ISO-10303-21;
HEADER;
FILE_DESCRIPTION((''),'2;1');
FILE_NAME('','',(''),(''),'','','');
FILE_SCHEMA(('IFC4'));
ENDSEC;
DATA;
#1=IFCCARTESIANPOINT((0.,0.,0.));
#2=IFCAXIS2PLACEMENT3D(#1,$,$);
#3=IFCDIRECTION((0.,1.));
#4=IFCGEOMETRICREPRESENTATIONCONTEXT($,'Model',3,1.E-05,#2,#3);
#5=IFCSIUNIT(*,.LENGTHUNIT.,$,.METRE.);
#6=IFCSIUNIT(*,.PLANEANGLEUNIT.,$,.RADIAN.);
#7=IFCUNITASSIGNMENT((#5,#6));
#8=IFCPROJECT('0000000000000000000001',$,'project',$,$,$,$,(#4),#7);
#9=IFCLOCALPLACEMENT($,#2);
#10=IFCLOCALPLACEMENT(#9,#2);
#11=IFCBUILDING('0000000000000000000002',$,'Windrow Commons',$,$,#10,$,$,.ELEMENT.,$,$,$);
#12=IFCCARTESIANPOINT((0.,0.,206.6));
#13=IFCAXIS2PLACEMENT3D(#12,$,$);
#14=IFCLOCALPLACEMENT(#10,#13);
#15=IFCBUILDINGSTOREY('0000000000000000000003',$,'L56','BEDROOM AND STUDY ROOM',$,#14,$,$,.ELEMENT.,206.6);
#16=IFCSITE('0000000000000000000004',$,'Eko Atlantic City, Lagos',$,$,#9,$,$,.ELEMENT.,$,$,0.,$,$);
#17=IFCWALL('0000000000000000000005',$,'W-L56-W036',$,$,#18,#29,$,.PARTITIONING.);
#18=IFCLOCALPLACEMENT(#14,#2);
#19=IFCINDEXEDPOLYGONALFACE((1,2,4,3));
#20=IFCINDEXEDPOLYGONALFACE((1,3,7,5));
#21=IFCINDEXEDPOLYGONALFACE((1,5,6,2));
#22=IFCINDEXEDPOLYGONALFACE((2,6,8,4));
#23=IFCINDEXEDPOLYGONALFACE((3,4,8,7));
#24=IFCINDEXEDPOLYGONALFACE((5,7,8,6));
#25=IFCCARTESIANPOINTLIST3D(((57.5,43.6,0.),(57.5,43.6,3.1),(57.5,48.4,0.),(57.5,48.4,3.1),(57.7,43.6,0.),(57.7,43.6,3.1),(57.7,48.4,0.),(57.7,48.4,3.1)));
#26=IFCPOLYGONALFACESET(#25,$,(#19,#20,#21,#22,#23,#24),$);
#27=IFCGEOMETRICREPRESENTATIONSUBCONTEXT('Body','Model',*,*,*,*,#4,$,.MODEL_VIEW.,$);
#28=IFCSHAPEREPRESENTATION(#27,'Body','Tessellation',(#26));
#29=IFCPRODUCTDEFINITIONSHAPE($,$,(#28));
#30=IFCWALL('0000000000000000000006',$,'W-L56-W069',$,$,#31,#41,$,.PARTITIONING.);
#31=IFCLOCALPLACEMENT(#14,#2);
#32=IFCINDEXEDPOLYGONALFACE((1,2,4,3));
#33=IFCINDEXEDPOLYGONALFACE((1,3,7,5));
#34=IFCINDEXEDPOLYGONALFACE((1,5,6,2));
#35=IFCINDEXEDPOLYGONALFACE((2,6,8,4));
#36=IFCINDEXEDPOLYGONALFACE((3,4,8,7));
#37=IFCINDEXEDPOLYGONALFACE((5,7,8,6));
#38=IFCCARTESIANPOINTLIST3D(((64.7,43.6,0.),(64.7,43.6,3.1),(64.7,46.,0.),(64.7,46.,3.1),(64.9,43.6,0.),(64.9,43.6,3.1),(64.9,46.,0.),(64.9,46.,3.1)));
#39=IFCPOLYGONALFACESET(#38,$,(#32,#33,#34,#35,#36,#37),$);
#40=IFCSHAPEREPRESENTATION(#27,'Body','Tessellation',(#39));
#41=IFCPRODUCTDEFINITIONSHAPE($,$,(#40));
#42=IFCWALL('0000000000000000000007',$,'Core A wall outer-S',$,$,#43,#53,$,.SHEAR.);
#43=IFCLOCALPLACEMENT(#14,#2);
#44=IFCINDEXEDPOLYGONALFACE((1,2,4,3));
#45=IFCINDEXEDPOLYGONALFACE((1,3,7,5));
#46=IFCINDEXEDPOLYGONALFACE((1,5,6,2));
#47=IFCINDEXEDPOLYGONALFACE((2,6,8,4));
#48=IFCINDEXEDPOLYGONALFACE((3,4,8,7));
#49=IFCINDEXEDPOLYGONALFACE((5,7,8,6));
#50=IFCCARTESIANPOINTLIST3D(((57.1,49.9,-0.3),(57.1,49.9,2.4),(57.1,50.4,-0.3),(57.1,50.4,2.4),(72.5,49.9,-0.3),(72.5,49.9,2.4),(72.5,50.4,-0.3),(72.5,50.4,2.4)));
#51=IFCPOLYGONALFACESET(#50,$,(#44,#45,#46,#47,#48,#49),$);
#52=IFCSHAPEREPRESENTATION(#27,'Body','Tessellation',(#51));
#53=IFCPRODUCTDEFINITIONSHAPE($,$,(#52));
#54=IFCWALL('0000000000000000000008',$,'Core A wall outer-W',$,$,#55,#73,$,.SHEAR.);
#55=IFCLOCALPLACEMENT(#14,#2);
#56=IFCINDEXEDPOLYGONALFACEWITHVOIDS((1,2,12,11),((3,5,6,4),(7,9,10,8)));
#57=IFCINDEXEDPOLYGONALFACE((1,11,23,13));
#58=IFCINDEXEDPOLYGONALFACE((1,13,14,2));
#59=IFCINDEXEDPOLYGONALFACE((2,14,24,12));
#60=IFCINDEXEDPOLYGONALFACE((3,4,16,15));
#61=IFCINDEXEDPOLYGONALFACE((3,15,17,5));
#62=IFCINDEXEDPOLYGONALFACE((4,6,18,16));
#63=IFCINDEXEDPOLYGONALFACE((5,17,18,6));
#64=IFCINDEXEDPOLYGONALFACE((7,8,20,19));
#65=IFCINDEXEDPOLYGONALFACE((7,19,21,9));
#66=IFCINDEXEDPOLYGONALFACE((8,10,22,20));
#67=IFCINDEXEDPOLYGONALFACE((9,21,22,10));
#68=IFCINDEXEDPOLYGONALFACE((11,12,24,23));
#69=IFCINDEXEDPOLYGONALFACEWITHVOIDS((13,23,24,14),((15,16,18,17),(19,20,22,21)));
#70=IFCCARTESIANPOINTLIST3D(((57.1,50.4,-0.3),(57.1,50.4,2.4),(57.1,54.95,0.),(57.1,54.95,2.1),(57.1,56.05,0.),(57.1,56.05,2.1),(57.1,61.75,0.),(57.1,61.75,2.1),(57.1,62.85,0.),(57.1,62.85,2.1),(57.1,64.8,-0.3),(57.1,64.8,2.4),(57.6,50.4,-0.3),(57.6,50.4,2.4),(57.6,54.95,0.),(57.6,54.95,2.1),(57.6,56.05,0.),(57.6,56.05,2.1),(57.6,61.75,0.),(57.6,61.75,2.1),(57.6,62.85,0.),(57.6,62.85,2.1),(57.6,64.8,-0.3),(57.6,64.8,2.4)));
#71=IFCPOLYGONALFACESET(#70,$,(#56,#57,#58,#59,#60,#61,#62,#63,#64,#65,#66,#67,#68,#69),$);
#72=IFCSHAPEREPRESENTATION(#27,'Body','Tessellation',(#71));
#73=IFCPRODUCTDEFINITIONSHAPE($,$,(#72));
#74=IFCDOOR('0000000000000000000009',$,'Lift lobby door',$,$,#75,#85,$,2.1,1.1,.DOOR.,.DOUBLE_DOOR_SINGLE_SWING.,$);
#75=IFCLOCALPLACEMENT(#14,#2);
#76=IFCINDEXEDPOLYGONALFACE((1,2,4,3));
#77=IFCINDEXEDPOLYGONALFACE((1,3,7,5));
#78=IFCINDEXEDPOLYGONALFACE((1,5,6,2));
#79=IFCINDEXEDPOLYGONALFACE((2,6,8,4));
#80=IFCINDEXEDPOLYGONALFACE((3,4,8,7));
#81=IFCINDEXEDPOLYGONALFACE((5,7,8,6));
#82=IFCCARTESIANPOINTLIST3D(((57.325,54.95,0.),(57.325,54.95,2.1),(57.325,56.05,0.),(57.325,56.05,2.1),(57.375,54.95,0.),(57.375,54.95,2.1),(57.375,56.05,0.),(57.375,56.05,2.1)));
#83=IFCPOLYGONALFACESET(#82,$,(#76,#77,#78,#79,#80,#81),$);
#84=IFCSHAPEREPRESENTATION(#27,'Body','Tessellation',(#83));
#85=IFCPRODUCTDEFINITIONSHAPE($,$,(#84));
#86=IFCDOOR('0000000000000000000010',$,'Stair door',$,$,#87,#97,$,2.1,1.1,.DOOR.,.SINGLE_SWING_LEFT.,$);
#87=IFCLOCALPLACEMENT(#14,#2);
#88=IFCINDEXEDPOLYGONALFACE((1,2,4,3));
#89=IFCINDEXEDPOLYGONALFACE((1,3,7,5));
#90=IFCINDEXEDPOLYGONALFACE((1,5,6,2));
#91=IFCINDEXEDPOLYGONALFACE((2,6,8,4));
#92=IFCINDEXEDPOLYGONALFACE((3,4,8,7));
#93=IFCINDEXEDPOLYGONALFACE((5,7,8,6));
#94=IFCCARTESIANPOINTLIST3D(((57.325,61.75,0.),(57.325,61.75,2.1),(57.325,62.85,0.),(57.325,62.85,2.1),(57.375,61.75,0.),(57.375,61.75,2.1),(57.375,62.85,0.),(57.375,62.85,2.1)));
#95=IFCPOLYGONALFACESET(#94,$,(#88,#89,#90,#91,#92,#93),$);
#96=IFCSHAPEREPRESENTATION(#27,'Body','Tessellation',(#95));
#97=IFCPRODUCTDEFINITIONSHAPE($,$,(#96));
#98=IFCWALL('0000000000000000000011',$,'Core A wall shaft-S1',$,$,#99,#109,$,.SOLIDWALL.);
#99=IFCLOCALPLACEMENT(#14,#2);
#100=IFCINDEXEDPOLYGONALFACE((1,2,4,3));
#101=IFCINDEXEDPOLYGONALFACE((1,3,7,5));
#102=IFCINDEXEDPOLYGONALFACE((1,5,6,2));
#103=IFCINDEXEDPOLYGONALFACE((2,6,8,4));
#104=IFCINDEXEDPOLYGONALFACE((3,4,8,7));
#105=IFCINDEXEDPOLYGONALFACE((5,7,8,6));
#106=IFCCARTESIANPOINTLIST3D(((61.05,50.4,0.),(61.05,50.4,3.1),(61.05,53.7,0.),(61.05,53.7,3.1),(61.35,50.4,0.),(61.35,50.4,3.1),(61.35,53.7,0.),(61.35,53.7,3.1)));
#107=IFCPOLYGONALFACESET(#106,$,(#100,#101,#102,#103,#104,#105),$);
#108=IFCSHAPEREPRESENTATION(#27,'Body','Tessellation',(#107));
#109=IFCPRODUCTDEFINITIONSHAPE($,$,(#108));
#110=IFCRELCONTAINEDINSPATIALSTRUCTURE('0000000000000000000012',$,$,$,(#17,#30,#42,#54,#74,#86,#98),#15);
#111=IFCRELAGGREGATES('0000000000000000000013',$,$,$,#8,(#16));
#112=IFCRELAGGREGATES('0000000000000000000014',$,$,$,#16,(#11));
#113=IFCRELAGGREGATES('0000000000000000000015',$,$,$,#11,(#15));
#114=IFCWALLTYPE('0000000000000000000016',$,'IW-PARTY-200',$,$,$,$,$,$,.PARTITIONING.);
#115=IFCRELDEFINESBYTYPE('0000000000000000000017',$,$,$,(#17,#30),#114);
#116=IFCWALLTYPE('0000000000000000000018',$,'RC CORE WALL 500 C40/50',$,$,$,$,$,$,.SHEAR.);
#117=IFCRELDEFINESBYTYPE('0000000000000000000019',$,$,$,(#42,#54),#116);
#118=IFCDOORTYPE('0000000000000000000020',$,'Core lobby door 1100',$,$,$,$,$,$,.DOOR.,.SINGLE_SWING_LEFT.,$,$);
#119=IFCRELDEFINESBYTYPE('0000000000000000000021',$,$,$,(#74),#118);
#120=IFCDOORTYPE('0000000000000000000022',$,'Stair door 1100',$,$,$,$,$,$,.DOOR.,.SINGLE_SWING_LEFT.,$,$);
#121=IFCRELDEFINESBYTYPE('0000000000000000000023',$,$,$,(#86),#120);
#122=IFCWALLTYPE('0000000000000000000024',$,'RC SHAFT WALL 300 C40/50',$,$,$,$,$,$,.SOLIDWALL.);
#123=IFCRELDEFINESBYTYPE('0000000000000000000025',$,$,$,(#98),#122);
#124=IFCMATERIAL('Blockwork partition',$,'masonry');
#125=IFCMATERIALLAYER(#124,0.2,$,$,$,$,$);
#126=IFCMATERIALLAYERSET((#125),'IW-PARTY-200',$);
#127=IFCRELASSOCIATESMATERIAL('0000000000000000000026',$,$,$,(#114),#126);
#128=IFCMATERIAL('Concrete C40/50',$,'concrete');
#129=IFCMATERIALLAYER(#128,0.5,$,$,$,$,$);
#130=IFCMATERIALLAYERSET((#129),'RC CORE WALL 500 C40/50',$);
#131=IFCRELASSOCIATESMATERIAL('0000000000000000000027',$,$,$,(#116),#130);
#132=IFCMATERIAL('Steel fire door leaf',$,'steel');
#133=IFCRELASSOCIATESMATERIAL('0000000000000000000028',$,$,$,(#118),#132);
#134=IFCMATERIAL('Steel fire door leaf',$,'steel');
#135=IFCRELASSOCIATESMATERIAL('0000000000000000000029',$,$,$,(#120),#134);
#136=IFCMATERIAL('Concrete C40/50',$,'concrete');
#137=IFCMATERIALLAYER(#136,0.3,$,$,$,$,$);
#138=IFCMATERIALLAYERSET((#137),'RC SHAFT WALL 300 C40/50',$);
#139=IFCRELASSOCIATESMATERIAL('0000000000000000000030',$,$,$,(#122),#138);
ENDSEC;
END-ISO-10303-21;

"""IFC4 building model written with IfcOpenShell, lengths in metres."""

from ifc_helpers import new_model, si_unit, direction, frame, frame_2d, origin, place, context, subcontext, project, spatial, rectangle, extrude, material, layer, layer_set, type_object, element, fill, save


model = new_model("IFC4")

# Units and contexts
model_context = context("Model", 3, precision=1e-05, world=origin(), true_north=direction((0.0, 1.0)))
body_context = subcontext(model_context, "Body", "Model", "MODEL_VIEW")
ifc_project = project(units=[si_unit("LENGTHUNIT", "METRE"), si_unit("PLANEANGLEUNIT", "RADIAN")], contexts=[model_context])

# Site, building, storey
site_placement = place(None, origin())
site = spatial("IfcSite", under=ifc_project, at=site_placement, Name="Eko Atlantic City, Lagos", CompositionType="ELEMENT", RefElevation=0.0)
building_placement = place(site_placement, origin())
building = spatial("IfcBuilding", under=site, at=building_placement, Name="Windrow Commons", CompositionType="ELEMENT")
storey_placement = place(building_placement, frame((0.0, 0.0, 206.6)))
storey = spatial("IfcBuildingStorey", under=building, at=storey_placement, Name="L56", Description="BEDROOM AND STUDY ROOM", CompositionType="ELEMENT", Elevation=206.6)

# Walls
ifc_material_1 = material(Name="Blockwork partition", Category="masonry")
ifc_layer_1 = layer(ifc_material_1, 0.2)
ifc_layer_set_1 = layer_set([ifc_layer_1], Name="IW-PARTY-200")
wall_type_1 = type_object("IfcWallType", Name="IW-PARTY-200", PredefinedType="PARTITIONING", material=ifc_layer_set_1)
wall_1_placement = place(storey_placement, frame((57.6, 43.6, 0.0), z_axis=(0.0, 0.0, 1.0), x_axis=(0.0, 1.0, 0.0)))
element("IfcWall", 1, at=wall_1_placement, inside=storey, type_object=wall_type_1, Name="W-L56-W036", PredefinedType="PARTITIONING", context=body_context, shape_type="SweptSolid", body=[
    extrude(rectangle(XDim=4.8, YDim=0.2, at=frame_2d((2.4, 0.0))), origin(), (0.0, 0.0, 1.0), 3.1),
])
wall_2_placement = place(storey_placement, frame((64.8, 43.6, 0.0), z_axis=(0.0, 0.0, 1.0), x_axis=(0.0, 1.0, 0.0)))
element("IfcWall", 2, at=wall_2_placement, inside=storey, type_object=wall_type_1, Name="W-L56-W069", PredefinedType="PARTITIONING", context=body_context, shape_type="SweptSolid", body=[
    extrude(rectangle(XDim=2.4, YDim=0.2, at=frame_2d((1.2, 0.0))), origin(), (0.0, 0.0, 1.0), 3.1),
])
ifc_material_2 = material(Name="Concrete C40/50", Category="concrete")
ifc_layer_2 = layer(ifc_material_2, 0.5)
ifc_layer_set_2 = layer_set([ifc_layer_2], Name="RC CORE WALL 500 C40/50")
wall_type_2 = type_object("IfcWallType", Name="RC CORE WALL 500 C40/50", PredefinedType="SHEAR", material=ifc_layer_set_2)
wall_3_placement = place(storey_placement, frame((57.1, 50.15, -0.3), z_axis=(0.0, 0.0, 1.0), x_axis=(1.0, 0.0, 0.0)))
element("IfcWall", 3, at=wall_3_placement, inside=storey, type_object=wall_type_2, Name="Core A wall outer-S", PredefinedType="SHEAR", context=body_context, shape_type="SweptSolid", body=[
    extrude(rectangle(XDim=15.4, YDim=0.5, at=frame_2d((7.7, 0.0))), origin(), (0.0, 0.0, 1.0), 2.7),
])

# Wall, openings, doors
wall_4_placement = place(storey_placement, frame((57.35, 50.4, -0.3), z_axis=(0.0, 0.0, 1.0), x_axis=(0.0, 1.0, 0.0)))
wall_4 = element("IfcWall", 4, at=wall_4_placement, inside=storey, type_object=wall_type_2, Name="Core A wall outer-W", PredefinedType="SHEAR", context=body_context, shape_type="SweptSolid", body=[
    extrude(rectangle(XDim=14.4, YDim=0.5, at=frame_2d((7.2, 0.0))), origin(), (0.0, 0.0, 1.0), 2.7),
])
opening_1_placement = place(wall_4_placement, frame((4.55, 0.0, 0.3)))
opening_1 = element("IfcOpeningElement", 5, at=opening_1_placement, cuts=wall_4, PredefinedType="OPENING", context=body_context, shape_type="SweptSolid", body=[
    extrude(rectangle(XDim=1.1, YDim=2.1, at=frame_2d((0.55, 1.05))), frame((0.0, 0.26, 0.0), z_axis=(0.0, -1.0, 0.0), x_axis=(1.0, 0.0, 0.0)), (0.0, 0.0, 1.0), 0.52),
])
opening_2_placement = place(wall_4_placement, frame((11.35, 0.0, 0.3)))
opening_2 = element("IfcOpeningElement", 6, at=opening_2_placement, cuts=wall_4, PredefinedType="OPENING", context=body_context, shape_type="SweptSolid", body=[
    extrude(rectangle(XDim=1.1, YDim=2.1, at=frame_2d((0.55, 1.05))), frame((0.0, 0.26, 0.0), z_axis=(0.0, -1.0, 0.0), x_axis=(1.0, 0.0, 0.0)), (0.0, 0.0, 1.0), 0.52),
])
ifc_material_3 = material(Name="Steel fire door leaf", Category="steel")
door_type_1 = type_object("IfcDoorType", Name="Core lobby door 1100", OperationType="SINGLE_SWING_LEFT", PredefinedType="DOOR", material=ifc_material_3)
door_1_placement = place(opening_1_placement, origin())
door_1 = element("IfcDoor", 7, at=door_1_placement, inside=storey, type_object=door_type_1, Name="Lift lobby door", OperationType="DOUBLE_DOOR_SINGLE_SWING", OverallHeight=2.1, OverallWidth=1.1, PredefinedType="DOOR", context=body_context, shape_type="SweptSolid", body=[
    extrude(rectangle(XDim=1.1, YDim=2.1, at=frame_2d((0.55, 1.05))), frame((0.0, 0.025, 0.0), z_axis=(0.0, -1.0, 0.0), x_axis=(1.0, 0.0, 0.0)), (0.0, 0.0, 1.0), 0.05),
])
fill(opening_1, door_1)
ifc_material_4 = material(Name="Steel fire door leaf", Category="steel")
door_type_2 = type_object("IfcDoorType", Name="Stair door 1100", OperationType="SINGLE_SWING_LEFT", PredefinedType="DOOR", material=ifc_material_4)
door_2_placement = place(opening_2_placement, origin())
door_2 = element("IfcDoor", 8, at=door_2_placement, inside=storey, type_object=door_type_2, Name="Stair door", OperationType="SINGLE_SWING_LEFT", OverallHeight=2.1, OverallWidth=1.1, PredefinedType="DOOR", context=body_context, shape_type="SweptSolid", body=[
    extrude(rectangle(XDim=1.1, YDim=2.1, at=frame_2d((0.55, 1.05))), frame((0.0, 0.025, 0.0), z_axis=(0.0, -1.0, 0.0), x_axis=(1.0, 0.0, 0.0)), (0.0, 0.0, 1.0), 0.05),
])
fill(opening_2, door_2)

# Wall
ifc_material_5 = material(Name="Concrete C40/50", Category="concrete")
ifc_layer_3 = layer(ifc_material_5, 0.3)
ifc_layer_set_3 = layer_set([ifc_layer_3], Name="RC SHAFT WALL 300 C40/50")
wall_type_3 = type_object("IfcWallType", Name="RC SHAFT WALL 300 C40/50", PredefinedType="SOLIDWALL", material=ifc_layer_set_3)
wall_5_placement = place(storey_placement, frame((61.2, 50.4, 0.0), z_axis=(0.0, 0.0, 1.0), x_axis=(0.0, 1.0, 0.0)))
element("IfcWall", 9, at=wall_5_placement, inside=storey, type_object=wall_type_3, Name="Core A wall shaft-S1", PredefinedType="SOLIDWALL", context=body_context, shape_type="SweptSolid", body=[
    extrude(rectangle(XDim=3.3, YDim=0.3, at=frame_2d((1.65, 0.0))), origin(), (0.0, 0.0, 1.0), 3.1),
])

save(model, "model.ifc")
